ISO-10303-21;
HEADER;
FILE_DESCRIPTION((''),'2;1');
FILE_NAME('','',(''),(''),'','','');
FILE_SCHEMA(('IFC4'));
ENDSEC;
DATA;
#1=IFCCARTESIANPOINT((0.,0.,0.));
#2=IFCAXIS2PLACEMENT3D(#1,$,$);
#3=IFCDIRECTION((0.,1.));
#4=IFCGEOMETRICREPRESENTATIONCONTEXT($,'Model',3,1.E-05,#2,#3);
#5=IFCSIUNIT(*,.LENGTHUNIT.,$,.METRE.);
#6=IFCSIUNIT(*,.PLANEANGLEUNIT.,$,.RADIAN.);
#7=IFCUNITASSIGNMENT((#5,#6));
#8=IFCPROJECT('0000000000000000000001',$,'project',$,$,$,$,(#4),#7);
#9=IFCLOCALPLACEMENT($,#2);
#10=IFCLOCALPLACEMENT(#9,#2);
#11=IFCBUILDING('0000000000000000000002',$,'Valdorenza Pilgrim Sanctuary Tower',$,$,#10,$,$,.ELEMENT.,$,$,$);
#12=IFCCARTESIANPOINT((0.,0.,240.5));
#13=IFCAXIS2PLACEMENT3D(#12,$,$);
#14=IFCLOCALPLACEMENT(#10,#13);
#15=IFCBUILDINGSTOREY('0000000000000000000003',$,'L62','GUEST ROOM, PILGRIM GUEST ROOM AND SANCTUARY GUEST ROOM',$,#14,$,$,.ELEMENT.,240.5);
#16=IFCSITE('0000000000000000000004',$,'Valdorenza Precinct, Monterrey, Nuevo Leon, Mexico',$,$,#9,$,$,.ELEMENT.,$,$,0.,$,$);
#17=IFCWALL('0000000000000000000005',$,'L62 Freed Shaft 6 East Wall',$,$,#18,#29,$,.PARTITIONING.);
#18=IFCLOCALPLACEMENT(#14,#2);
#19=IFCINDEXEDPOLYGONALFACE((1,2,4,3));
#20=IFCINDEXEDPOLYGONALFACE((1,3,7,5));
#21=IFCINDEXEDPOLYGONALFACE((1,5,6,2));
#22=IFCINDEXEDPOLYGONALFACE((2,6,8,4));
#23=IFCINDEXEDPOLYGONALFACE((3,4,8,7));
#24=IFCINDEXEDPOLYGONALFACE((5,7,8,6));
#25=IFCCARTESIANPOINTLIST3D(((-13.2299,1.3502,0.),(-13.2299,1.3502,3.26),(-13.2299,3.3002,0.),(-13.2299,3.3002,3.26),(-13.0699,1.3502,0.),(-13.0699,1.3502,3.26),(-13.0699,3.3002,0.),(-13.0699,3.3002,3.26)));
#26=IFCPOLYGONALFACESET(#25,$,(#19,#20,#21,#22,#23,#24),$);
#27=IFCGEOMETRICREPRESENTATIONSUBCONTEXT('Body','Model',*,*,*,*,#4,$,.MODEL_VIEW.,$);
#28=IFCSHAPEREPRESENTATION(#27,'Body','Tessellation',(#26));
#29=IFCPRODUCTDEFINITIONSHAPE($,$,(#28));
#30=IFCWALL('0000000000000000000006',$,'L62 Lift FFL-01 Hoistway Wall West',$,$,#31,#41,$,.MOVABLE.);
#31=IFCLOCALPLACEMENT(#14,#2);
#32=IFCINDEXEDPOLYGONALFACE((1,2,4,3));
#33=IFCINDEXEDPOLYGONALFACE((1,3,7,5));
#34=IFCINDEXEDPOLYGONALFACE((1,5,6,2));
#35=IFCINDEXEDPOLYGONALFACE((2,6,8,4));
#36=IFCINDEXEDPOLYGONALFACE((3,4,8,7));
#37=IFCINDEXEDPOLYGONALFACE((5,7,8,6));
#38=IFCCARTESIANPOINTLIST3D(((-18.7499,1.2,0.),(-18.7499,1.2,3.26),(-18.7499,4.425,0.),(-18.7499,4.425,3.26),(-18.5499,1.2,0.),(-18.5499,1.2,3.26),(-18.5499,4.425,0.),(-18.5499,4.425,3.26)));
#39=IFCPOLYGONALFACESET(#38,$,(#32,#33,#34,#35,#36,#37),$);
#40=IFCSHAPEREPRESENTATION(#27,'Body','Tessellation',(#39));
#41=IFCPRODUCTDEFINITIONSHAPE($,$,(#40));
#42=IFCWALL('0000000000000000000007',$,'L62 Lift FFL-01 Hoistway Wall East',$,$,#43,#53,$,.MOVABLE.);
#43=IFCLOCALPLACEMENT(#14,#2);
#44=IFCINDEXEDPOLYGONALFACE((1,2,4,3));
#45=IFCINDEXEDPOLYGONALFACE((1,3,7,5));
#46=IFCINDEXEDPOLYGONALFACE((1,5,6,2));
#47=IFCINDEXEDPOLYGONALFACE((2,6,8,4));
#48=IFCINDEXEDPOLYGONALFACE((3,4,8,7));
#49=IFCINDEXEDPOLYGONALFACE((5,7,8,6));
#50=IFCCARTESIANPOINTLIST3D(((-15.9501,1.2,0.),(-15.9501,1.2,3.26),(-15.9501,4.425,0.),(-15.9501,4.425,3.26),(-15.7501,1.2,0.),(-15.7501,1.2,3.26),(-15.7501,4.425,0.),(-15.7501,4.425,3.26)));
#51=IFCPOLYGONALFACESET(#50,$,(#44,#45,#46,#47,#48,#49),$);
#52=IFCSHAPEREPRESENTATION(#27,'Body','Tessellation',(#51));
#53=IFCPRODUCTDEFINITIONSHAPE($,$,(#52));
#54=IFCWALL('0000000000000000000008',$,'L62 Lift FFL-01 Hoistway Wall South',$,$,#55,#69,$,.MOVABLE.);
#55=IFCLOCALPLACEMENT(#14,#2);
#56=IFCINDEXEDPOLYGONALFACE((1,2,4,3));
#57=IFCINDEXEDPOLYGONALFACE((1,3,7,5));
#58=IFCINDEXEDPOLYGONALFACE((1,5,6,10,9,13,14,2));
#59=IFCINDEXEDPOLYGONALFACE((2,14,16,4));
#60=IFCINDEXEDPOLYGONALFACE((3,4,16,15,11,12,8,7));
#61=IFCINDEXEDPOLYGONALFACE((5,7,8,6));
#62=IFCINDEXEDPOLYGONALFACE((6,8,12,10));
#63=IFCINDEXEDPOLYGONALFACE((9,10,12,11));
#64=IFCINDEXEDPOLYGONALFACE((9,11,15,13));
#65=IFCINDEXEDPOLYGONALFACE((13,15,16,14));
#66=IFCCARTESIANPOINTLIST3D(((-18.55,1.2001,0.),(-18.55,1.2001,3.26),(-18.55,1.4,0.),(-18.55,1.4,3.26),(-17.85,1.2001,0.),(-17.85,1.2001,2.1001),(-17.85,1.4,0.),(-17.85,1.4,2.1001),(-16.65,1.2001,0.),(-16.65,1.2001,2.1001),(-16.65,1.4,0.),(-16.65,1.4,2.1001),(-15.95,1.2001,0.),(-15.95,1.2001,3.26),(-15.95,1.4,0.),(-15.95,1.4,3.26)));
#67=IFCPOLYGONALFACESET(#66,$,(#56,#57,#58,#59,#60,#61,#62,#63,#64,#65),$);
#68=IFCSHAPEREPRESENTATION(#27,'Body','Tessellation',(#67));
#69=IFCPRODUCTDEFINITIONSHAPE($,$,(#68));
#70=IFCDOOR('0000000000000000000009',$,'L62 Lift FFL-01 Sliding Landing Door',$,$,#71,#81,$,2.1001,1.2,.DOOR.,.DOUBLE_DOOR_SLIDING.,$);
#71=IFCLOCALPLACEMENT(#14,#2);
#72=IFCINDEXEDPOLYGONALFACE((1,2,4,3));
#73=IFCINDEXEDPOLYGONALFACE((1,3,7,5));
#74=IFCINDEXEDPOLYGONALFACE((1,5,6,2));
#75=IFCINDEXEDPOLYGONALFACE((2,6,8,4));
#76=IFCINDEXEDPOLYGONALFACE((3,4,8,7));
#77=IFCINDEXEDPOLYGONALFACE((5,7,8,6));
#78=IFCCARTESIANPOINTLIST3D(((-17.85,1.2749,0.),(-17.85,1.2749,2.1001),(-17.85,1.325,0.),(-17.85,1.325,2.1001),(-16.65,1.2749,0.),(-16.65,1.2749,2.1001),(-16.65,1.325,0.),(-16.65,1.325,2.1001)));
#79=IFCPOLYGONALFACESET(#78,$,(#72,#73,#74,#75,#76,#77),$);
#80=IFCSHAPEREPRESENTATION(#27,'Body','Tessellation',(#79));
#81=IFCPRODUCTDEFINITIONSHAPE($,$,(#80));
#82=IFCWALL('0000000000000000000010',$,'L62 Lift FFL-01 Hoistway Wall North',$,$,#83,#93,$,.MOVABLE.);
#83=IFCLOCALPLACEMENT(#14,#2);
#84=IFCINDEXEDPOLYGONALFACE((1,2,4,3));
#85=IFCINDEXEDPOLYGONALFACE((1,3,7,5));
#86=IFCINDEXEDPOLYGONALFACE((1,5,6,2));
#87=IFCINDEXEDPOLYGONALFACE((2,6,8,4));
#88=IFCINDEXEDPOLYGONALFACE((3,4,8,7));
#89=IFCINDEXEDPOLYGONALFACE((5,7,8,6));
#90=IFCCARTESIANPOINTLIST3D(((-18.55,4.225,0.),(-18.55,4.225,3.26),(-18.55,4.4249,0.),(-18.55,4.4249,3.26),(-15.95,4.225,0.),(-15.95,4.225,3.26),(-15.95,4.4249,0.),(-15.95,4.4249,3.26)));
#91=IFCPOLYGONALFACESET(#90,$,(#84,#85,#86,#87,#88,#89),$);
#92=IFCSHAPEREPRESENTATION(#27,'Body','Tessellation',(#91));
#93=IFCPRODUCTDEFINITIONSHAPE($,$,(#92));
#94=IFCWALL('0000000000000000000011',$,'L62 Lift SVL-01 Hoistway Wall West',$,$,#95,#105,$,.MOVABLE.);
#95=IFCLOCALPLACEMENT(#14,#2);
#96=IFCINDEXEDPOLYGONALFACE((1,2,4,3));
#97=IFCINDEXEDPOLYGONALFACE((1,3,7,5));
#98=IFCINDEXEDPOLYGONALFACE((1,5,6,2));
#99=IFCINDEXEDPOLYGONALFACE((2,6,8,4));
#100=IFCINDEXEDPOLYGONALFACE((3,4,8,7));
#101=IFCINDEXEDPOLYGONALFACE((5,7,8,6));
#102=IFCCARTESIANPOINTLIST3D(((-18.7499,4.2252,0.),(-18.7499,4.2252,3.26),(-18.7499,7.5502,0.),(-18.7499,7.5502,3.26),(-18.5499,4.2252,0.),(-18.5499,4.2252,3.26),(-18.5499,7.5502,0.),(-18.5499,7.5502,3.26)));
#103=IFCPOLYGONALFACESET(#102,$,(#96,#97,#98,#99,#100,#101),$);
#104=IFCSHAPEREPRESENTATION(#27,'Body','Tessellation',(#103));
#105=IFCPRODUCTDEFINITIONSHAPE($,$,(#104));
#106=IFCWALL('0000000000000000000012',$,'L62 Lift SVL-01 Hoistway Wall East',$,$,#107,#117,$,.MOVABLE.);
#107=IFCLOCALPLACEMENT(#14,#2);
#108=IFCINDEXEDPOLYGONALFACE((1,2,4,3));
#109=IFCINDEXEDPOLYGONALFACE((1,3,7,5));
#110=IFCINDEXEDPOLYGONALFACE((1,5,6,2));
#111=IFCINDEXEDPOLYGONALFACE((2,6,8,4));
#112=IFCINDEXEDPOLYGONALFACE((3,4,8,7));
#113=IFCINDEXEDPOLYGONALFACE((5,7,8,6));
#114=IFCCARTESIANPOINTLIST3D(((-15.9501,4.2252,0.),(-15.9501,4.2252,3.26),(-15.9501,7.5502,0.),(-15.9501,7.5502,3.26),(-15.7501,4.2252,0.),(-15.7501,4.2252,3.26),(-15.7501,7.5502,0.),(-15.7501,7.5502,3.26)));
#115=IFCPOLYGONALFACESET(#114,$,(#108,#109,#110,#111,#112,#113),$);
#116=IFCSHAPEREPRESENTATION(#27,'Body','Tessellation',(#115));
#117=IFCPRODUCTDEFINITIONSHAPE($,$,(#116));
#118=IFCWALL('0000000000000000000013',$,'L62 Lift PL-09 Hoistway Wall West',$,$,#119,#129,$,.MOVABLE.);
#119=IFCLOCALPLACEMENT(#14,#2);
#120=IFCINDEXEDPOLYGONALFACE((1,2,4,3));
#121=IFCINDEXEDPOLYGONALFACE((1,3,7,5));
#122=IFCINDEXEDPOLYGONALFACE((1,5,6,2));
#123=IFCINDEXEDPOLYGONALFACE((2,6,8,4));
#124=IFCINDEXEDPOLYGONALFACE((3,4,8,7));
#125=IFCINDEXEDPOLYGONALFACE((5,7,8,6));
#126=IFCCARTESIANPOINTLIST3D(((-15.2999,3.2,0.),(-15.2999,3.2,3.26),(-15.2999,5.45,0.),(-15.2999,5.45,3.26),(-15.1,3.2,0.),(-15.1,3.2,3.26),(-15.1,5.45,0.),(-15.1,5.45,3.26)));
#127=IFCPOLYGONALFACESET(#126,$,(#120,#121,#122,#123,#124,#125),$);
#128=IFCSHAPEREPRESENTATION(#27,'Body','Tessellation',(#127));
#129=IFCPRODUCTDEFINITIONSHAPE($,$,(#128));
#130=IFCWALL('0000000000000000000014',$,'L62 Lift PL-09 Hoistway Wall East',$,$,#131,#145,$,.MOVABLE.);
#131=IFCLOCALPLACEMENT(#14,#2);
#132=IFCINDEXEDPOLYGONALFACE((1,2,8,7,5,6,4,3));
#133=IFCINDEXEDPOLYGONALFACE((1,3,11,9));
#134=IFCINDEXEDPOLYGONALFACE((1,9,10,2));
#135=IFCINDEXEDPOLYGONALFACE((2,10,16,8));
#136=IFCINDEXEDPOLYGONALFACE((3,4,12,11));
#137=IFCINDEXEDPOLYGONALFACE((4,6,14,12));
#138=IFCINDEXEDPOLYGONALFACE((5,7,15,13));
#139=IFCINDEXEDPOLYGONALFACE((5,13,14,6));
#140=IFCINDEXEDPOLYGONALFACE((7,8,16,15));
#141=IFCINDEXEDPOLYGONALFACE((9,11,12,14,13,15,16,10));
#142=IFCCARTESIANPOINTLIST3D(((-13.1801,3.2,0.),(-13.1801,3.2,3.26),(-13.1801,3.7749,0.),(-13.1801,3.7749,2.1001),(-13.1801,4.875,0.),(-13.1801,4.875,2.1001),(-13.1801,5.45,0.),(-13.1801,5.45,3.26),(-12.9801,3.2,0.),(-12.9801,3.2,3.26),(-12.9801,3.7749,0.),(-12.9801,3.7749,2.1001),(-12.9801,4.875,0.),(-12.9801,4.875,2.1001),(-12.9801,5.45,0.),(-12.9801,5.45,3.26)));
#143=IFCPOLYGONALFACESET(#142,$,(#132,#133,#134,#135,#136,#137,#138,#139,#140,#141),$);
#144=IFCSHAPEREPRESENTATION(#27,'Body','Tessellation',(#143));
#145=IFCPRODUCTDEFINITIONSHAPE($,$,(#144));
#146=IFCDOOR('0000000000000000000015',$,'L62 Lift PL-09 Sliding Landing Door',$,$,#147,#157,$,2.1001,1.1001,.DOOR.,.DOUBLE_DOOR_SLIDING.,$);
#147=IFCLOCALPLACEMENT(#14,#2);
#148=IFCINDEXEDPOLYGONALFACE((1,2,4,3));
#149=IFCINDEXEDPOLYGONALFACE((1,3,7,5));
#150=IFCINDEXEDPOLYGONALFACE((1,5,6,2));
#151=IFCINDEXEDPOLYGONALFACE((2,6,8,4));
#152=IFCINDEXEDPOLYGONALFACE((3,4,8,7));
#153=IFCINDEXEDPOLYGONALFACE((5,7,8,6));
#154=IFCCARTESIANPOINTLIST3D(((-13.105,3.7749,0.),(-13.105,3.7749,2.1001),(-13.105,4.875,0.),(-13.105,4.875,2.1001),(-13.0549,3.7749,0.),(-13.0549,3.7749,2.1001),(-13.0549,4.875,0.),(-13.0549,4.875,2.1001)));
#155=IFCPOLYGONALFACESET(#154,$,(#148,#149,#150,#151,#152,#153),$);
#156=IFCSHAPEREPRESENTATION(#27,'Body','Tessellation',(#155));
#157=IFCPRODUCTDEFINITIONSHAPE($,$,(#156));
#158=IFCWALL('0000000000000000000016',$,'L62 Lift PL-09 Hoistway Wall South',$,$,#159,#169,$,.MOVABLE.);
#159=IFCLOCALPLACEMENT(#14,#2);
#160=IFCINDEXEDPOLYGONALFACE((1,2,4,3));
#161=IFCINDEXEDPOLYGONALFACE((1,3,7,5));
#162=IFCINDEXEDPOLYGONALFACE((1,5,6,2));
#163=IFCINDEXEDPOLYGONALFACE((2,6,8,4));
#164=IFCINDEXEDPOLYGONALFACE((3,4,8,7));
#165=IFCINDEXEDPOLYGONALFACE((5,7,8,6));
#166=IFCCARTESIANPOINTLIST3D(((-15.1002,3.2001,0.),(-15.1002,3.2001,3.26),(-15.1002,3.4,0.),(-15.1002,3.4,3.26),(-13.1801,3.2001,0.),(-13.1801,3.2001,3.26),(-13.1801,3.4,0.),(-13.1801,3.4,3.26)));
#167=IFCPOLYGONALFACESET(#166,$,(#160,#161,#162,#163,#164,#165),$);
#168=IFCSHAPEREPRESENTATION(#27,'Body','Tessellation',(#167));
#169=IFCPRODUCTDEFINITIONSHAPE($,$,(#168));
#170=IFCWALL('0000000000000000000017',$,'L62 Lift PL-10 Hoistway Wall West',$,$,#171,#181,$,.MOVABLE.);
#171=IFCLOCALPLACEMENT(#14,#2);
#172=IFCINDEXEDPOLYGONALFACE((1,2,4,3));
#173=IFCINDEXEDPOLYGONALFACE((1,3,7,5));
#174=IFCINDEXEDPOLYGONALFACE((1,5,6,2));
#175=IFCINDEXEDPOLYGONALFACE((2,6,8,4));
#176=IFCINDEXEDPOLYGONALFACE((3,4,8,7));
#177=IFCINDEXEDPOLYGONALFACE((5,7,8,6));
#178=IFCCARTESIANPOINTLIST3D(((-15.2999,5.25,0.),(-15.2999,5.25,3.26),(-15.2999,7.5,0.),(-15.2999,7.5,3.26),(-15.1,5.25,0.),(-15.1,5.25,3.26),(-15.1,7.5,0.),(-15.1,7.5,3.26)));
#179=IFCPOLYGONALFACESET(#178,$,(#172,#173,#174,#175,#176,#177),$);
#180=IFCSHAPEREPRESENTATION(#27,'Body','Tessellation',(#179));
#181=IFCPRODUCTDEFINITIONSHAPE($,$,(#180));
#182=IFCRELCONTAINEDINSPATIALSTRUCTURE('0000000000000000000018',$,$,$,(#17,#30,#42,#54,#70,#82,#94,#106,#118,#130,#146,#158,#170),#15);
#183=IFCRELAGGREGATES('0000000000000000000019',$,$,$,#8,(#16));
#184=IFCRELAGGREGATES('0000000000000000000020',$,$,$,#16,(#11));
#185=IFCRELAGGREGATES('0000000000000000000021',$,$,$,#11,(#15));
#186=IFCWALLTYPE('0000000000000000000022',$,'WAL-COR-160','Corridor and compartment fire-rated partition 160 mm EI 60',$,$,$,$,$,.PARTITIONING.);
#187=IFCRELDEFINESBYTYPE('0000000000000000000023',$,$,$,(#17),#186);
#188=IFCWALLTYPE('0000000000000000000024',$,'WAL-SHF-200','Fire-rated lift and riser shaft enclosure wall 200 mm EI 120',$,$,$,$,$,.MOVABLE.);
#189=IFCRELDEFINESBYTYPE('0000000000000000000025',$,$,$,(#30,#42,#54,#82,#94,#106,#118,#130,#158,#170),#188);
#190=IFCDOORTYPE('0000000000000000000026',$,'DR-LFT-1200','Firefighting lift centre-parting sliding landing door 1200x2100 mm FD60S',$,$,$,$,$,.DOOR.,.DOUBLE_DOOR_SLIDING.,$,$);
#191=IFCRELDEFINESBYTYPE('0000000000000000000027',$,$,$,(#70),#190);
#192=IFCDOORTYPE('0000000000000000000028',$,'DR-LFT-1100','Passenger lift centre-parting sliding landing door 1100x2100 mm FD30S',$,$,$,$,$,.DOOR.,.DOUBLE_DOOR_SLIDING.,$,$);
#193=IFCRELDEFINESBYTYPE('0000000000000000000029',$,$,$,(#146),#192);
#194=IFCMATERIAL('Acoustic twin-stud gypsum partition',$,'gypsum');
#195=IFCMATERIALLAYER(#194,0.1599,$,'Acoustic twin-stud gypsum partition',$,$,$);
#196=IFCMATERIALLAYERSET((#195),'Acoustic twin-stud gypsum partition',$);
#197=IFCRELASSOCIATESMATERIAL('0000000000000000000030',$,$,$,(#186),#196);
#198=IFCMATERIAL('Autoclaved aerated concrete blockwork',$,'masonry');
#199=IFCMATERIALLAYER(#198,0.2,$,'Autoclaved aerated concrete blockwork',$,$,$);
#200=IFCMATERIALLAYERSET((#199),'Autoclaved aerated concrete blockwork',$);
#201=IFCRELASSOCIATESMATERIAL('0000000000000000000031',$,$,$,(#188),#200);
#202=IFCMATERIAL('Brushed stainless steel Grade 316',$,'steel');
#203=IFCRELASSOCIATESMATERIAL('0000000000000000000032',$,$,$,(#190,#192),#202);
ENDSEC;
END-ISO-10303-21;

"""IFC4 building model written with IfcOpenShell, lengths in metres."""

from ifc_helpers import new_model, si_unit, direction, frame, frame_2d, origin, place, context, subcontext, project, spatial, rectangle, extrude, material, layer, layer_set, type_object, element, fill, save


model = new_model("IFC4")

# Units and contexts
model_context = context("Model", 3, precision=1e-05, world=origin(), true_north=direction((0.0, 1.0)))
body_context = subcontext(model_context, "Body", "Model", "MODEL_VIEW")
ifc_project = project(units=[si_unit("LENGTHUNIT", "METRE"), si_unit("PLANEANGLEUNIT", "RADIAN")], contexts=[model_context])

# Site, building, storey
site_placement = place(None, origin())
site = spatial("IfcSite", under=ifc_project, at=site_placement, Name="Valdorenza Precinct, Monterrey, Nuevo Leon, Mexico", CompositionType="ELEMENT", RefElevation=0.0)
building_placement = place(site_placement, origin())
building = spatial("IfcBuilding", under=site, at=building_placement, Name="Valdorenza Pilgrim Sanctuary Tower", CompositionType="ELEMENT")
storey_placement = place(building_placement, frame((0.0, 0.0, 240.5)))
storey = spatial("IfcBuildingStorey", under=building, at=storey_placement, Name="L62", Description="GUEST ROOM, PILGRIM GUEST ROOM AND SANCTUARY GUEST ROOM", CompositionType="ELEMENT", Elevation=240.5)

# Walls
ifc_material_1 = material(Name="Acoustic twin-stud gypsum partition", Category="gypsum")
ifc_layer_1 = layer(ifc_material_1, 0.1599, Name="Acoustic twin-stud gypsum partition")
ifc_layer_set_1 = layer_set([ifc_layer_1], Name="Acoustic twin-stud gypsum partition")
wall_type_1 = type_object("IfcWallType", Name="WAL-COR-160", Description="Corridor and compartment fire-rated partition 160 mm EI 60", PredefinedType="PARTITIONING", material=ifc_layer_set_1)
wall_1_placement = place(storey_placement, frame((-13.1499, 1.3501, 0.0), z_axis=(0.0, 0.0, 1.0), x_axis=(0.0, 1.0, 0.0)))
element("IfcWall", 1, at=wall_1_placement, inside=storey, type_object=wall_type_1, Name="L62 Freed Shaft 6 East Wall", PredefinedType="PARTITIONING", context=body_context, shape_type="SweptSolid", body=[
    extrude(rectangle(XDim=1.95, YDim=0.1599, at=frame_2d((0.9751, 0.0))), origin(), (0.0, 0.0, 1.0), 3.26),
])
ifc_material_2 = material(Name="Autoclaved aerated concrete blockwork", Category="masonry")
ifc_layer_2 = layer(ifc_material_2, 0.2, Name="Autoclaved aerated concrete blockwork")
ifc_layer_set_2 = layer_set([ifc_layer_2], Name="Autoclaved aerated concrete blockwork")
wall_type_2 = type_object("IfcWallType", Name="WAL-SHF-200", Description="Fire-rated lift and riser shaft enclosure wall 200 mm EI 120", PredefinedType="MOVABLE", material=ifc_layer_set_2)
for number, where, z_axis, x_axis, name in (
    (2, (-18.6499, 1.2, 0.0), (0.0, 0.0, 1.0), (0.0, 1.0, 0.0), "L62 Lift FFL-01 Hoistway Wall West"),
    (3, (-15.8501, 1.2, 0.0), (0.0, 0.0, 1.0), (0.0, 1.0, 0.0), "L62 Lift FFL-01 Hoistway Wall East"),
):
    element("IfcWall", number, at=place(storey_placement, frame(where, z_axis=z_axis, x_axis=x_axis)), inside=storey, type_object=wall_type_2, Name=name, PredefinedType="MOVABLE", context=body_context, shape_type="SweptSolid", body=[
        extrude(rectangle(XDim=3.2251, YDim=0.2, at=frame_2d((1.6125, 0.0))), origin(), (0.0, 0.0, 1.0), 3.26),
    ])

# Wall, opening, door
wall_2_placement = place(storey_placement, frame((-18.55, 1.3, 0.0), z_axis=(0.0, 0.0, 1.0), x_axis=(1.0, 0.0, 0.0)))
wall_2 = element("IfcWall", 4, at=wall_2_placement, inside=storey, type_object=wall_type_2, Name="L62 Lift FFL-01 Hoistway Wall South", PredefinedType="MOVABLE", context=body_context, shape_type="SweptSolid", body=[
    extrude(rectangle(XDim=2.6001, YDim=0.2, at=frame_2d((1.3, 0.0))), origin(), (0.0, 0.0, 1.0), 3.26),
])
opening_1_placement = place(wall_2_placement, frame((0.7, 0.0, 0.0)))
opening_1 = element("IfcOpeningElement", 5, at=opening_1_placement, cuts=wall_2, PredefinedType="OPENING", context=body_context, shape_type="SweptSolid", body=[
    extrude(rectangle(XDim=1.2, YDim=2.1001, at=frame_2d((0.6001, 1.05))), frame((0.0, 0.1147, 0.0), z_axis=(0.0, -1.0, 0.0), x_axis=(1.0, 0.0, 0.0)), (0.0, 0.0, 1.0), 0.2297),
])
ifc_material_3 = material(Name="Brushed stainless steel Grade 316", Category="steel")
door_type_1 = type_object("IfcDoorType", Name="DR-LFT-1200", Description="Firefighting lift centre-parting sliding landing door 1200x2100 mm FD60S", OperationType="DOUBLE_DOOR_SLIDING", PredefinedType="DOOR", material=ifc_material_3)
door_1_placement = place(opening_1_placement, origin())
door_1 = element("IfcDoor", 6, at=door_1_placement, inside=storey, type_object=door_type_1, Name="L62 Lift FFL-01 Sliding Landing Door", OperationType="DOUBLE_DOOR_SLIDING", OverallHeight=2.1001, OverallWidth=1.2, PredefinedType="DOOR", context=body_context, shape_type="SweptSolid", body=[
    extrude(rectangle(XDim=1.2, YDim=2.1001, at=frame_2d((0.6001, 1.05))), frame((0.0, 0.0249, 0.0), z_axis=(0.0, -1.0, 0.0), x_axis=(1.0, 0.0, 0.0)), (0.0, 0.0, 1.0), 0.05),
])
fill(opening_1, door_1)

# Walls
wall_3_placement = place(storey_placement, frame((-18.55, 4.325, 0.0), z_axis=(0.0, 0.0, 1.0), x_axis=(1.0, 0.0, 0.0)))
element("IfcWall", 7, at=wall_3_placement, inside=storey, type_object=wall_type_2, Name="L62 Lift FFL-01 Hoistway Wall North", PredefinedType="MOVABLE", context=body_context, shape_type="SweptSolid", body=[
    extrude(rectangle(XDim=2.6001, YDim=0.2, at=frame_2d((1.3, 0.0))), origin(), (0.0, 0.0, 1.0), 3.26),
])
for number, where, z_axis, x_axis, name in (
    (8, (-18.6499, 4.2251, 0.0), (0.0, 0.0, 1.0), (0.0, 1.0, 0.0), "L62 Lift SVL-01 Hoistway Wall West"),
    (9, (-15.8501, 4.2251, 0.0), (0.0, 0.0, 1.0), (0.0, 1.0, 0.0), "L62 Lift SVL-01 Hoistway Wall East"),
):
    element("IfcWall", number, at=place(storey_placement, frame(where, z_axis=z_axis, x_axis=x_axis)), inside=storey, type_object=wall_type_2, Name=name, PredefinedType="MOVABLE", context=body_context, shape_type="SweptSolid", body=[
        extrude(rectangle(XDim=3.325, YDim=0.2, at=frame_2d((1.6626, 0.0))), origin(), (0.0, 0.0, 1.0), 3.26),
    ])
wall_4_placement = place(storey_placement, frame((-15.2, 3.2, 0.0), z_axis=(0.0, 0.0, 1.0), x_axis=(0.0, 1.0, 0.0)))
element("IfcWall", 10, at=wall_4_placement, inside=storey, type_object=wall_type_2, Name="L62 Lift PL-09 Hoistway Wall West", PredefinedType="MOVABLE", context=body_context, shape_type="SweptSolid", body=[
    extrude(rectangle(XDim=2.25, YDim=0.2, at=frame_2d((1.125, 0.0))), origin(), (0.0, 0.0, 1.0), 3.26),
])

# Wall, opening, door
wall_5_placement = place(storey_placement, frame((-13.0801, 3.2, 0.0), z_axis=(0.0, 0.0, 1.0), x_axis=(0.0, 1.0, 0.0)))
wall_5 = element("IfcWall", 11, at=wall_5_placement, inside=storey, type_object=wall_type_2, Name="L62 Lift PL-09 Hoistway Wall East", PredefinedType="MOVABLE", context=body_context, shape_type="SweptSolid", body=[
    extrude(rectangle(XDim=2.25, YDim=0.2, at=frame_2d((1.125, 0.0))), origin(), (0.0, 0.0, 1.0), 3.26),
])
opening_2_placement = place(wall_5_placement, frame((0.575, 0.0, 0.0)))
opening_2 = element("IfcOpeningElement", 12, at=opening_2_placement, cuts=wall_5, PredefinedType="OPENING", context=body_context, shape_type="SweptSolid", body=[
    extrude(rectangle(XDim=1.1001, YDim=2.1001, at=frame_2d((0.55, 1.05))), frame((0.0, 0.1147, 0.0), z_axis=(0.0, -1.0, 0.0), x_axis=(1.0, 0.0, 0.0)), (0.0, 0.0, 1.0), 0.2297),
])
door_type_2 = type_object("IfcDoorType", Name="DR-LFT-1100", Description="Passenger lift centre-parting sliding landing door 1100x2100 mm FD30S", OperationType="DOUBLE_DOOR_SLIDING", PredefinedType="DOOR", material=ifc_material_3)
door_2_placement = place(opening_2_placement, origin())
door_2 = element("IfcDoor", 13, at=door_2_placement, inside=storey, type_object=door_type_2, Name="L62 Lift PL-09 Sliding Landing Door", OperationType="DOUBLE_DOOR_SLIDING", OverallHeight=2.1001, OverallWidth=1.1001, PredefinedType="DOOR", context=body_context, shape_type="SweptSolid", body=[
    extrude(rectangle(XDim=1.1001, YDim=2.1001, at=frame_2d((0.55, 1.05))), frame((0.0, 0.0249, 0.0), z_axis=(0.0, -1.0, 0.0), x_axis=(1.0, 0.0, 0.0)), (0.0, 0.0, 1.0), 0.05),
])
fill(opening_2, door_2)

# Walls
wall_6_placement = place(storey_placement, frame((-15.1001, 3.3, 0.0), z_axis=(0.0, 0.0, 1.0), x_axis=(1.0, 0.0, 0.0)))
element("IfcWall", 14, at=wall_6_placement, inside=storey, type_object=wall_type_2, Name="L62 Lift PL-09 Hoistway Wall South", PredefinedType="MOVABLE", context=body_context, shape_type="SweptSolid", body=[
    extrude(rectangle(XDim=1.9202, YDim=0.2, at=frame_2d((0.96, 0.0))), origin(), (0.0, 0.0, 1.0), 3.26),
])
wall_7_placement = place(storey_placement, frame((-15.2, 5.25, 0.0), z_axis=(0.0, 0.0, 1.0), x_axis=(0.0, 1.0, 0.0)))
element("IfcWall", 15, at=wall_7_placement, inside=storey, type_object=wall_type_2, Name="L62 Lift PL-10 Hoistway Wall West", PredefinedType="MOVABLE", context=body_context, shape_type="SweptSolid", body=[
    extrude(rectangle(XDim=2.25, YDim=0.2, at=frame_2d((1.125, 0.0))), origin(), (0.0, 0.0, 1.0), 3.26),
])

save(model, "model.ifc")
